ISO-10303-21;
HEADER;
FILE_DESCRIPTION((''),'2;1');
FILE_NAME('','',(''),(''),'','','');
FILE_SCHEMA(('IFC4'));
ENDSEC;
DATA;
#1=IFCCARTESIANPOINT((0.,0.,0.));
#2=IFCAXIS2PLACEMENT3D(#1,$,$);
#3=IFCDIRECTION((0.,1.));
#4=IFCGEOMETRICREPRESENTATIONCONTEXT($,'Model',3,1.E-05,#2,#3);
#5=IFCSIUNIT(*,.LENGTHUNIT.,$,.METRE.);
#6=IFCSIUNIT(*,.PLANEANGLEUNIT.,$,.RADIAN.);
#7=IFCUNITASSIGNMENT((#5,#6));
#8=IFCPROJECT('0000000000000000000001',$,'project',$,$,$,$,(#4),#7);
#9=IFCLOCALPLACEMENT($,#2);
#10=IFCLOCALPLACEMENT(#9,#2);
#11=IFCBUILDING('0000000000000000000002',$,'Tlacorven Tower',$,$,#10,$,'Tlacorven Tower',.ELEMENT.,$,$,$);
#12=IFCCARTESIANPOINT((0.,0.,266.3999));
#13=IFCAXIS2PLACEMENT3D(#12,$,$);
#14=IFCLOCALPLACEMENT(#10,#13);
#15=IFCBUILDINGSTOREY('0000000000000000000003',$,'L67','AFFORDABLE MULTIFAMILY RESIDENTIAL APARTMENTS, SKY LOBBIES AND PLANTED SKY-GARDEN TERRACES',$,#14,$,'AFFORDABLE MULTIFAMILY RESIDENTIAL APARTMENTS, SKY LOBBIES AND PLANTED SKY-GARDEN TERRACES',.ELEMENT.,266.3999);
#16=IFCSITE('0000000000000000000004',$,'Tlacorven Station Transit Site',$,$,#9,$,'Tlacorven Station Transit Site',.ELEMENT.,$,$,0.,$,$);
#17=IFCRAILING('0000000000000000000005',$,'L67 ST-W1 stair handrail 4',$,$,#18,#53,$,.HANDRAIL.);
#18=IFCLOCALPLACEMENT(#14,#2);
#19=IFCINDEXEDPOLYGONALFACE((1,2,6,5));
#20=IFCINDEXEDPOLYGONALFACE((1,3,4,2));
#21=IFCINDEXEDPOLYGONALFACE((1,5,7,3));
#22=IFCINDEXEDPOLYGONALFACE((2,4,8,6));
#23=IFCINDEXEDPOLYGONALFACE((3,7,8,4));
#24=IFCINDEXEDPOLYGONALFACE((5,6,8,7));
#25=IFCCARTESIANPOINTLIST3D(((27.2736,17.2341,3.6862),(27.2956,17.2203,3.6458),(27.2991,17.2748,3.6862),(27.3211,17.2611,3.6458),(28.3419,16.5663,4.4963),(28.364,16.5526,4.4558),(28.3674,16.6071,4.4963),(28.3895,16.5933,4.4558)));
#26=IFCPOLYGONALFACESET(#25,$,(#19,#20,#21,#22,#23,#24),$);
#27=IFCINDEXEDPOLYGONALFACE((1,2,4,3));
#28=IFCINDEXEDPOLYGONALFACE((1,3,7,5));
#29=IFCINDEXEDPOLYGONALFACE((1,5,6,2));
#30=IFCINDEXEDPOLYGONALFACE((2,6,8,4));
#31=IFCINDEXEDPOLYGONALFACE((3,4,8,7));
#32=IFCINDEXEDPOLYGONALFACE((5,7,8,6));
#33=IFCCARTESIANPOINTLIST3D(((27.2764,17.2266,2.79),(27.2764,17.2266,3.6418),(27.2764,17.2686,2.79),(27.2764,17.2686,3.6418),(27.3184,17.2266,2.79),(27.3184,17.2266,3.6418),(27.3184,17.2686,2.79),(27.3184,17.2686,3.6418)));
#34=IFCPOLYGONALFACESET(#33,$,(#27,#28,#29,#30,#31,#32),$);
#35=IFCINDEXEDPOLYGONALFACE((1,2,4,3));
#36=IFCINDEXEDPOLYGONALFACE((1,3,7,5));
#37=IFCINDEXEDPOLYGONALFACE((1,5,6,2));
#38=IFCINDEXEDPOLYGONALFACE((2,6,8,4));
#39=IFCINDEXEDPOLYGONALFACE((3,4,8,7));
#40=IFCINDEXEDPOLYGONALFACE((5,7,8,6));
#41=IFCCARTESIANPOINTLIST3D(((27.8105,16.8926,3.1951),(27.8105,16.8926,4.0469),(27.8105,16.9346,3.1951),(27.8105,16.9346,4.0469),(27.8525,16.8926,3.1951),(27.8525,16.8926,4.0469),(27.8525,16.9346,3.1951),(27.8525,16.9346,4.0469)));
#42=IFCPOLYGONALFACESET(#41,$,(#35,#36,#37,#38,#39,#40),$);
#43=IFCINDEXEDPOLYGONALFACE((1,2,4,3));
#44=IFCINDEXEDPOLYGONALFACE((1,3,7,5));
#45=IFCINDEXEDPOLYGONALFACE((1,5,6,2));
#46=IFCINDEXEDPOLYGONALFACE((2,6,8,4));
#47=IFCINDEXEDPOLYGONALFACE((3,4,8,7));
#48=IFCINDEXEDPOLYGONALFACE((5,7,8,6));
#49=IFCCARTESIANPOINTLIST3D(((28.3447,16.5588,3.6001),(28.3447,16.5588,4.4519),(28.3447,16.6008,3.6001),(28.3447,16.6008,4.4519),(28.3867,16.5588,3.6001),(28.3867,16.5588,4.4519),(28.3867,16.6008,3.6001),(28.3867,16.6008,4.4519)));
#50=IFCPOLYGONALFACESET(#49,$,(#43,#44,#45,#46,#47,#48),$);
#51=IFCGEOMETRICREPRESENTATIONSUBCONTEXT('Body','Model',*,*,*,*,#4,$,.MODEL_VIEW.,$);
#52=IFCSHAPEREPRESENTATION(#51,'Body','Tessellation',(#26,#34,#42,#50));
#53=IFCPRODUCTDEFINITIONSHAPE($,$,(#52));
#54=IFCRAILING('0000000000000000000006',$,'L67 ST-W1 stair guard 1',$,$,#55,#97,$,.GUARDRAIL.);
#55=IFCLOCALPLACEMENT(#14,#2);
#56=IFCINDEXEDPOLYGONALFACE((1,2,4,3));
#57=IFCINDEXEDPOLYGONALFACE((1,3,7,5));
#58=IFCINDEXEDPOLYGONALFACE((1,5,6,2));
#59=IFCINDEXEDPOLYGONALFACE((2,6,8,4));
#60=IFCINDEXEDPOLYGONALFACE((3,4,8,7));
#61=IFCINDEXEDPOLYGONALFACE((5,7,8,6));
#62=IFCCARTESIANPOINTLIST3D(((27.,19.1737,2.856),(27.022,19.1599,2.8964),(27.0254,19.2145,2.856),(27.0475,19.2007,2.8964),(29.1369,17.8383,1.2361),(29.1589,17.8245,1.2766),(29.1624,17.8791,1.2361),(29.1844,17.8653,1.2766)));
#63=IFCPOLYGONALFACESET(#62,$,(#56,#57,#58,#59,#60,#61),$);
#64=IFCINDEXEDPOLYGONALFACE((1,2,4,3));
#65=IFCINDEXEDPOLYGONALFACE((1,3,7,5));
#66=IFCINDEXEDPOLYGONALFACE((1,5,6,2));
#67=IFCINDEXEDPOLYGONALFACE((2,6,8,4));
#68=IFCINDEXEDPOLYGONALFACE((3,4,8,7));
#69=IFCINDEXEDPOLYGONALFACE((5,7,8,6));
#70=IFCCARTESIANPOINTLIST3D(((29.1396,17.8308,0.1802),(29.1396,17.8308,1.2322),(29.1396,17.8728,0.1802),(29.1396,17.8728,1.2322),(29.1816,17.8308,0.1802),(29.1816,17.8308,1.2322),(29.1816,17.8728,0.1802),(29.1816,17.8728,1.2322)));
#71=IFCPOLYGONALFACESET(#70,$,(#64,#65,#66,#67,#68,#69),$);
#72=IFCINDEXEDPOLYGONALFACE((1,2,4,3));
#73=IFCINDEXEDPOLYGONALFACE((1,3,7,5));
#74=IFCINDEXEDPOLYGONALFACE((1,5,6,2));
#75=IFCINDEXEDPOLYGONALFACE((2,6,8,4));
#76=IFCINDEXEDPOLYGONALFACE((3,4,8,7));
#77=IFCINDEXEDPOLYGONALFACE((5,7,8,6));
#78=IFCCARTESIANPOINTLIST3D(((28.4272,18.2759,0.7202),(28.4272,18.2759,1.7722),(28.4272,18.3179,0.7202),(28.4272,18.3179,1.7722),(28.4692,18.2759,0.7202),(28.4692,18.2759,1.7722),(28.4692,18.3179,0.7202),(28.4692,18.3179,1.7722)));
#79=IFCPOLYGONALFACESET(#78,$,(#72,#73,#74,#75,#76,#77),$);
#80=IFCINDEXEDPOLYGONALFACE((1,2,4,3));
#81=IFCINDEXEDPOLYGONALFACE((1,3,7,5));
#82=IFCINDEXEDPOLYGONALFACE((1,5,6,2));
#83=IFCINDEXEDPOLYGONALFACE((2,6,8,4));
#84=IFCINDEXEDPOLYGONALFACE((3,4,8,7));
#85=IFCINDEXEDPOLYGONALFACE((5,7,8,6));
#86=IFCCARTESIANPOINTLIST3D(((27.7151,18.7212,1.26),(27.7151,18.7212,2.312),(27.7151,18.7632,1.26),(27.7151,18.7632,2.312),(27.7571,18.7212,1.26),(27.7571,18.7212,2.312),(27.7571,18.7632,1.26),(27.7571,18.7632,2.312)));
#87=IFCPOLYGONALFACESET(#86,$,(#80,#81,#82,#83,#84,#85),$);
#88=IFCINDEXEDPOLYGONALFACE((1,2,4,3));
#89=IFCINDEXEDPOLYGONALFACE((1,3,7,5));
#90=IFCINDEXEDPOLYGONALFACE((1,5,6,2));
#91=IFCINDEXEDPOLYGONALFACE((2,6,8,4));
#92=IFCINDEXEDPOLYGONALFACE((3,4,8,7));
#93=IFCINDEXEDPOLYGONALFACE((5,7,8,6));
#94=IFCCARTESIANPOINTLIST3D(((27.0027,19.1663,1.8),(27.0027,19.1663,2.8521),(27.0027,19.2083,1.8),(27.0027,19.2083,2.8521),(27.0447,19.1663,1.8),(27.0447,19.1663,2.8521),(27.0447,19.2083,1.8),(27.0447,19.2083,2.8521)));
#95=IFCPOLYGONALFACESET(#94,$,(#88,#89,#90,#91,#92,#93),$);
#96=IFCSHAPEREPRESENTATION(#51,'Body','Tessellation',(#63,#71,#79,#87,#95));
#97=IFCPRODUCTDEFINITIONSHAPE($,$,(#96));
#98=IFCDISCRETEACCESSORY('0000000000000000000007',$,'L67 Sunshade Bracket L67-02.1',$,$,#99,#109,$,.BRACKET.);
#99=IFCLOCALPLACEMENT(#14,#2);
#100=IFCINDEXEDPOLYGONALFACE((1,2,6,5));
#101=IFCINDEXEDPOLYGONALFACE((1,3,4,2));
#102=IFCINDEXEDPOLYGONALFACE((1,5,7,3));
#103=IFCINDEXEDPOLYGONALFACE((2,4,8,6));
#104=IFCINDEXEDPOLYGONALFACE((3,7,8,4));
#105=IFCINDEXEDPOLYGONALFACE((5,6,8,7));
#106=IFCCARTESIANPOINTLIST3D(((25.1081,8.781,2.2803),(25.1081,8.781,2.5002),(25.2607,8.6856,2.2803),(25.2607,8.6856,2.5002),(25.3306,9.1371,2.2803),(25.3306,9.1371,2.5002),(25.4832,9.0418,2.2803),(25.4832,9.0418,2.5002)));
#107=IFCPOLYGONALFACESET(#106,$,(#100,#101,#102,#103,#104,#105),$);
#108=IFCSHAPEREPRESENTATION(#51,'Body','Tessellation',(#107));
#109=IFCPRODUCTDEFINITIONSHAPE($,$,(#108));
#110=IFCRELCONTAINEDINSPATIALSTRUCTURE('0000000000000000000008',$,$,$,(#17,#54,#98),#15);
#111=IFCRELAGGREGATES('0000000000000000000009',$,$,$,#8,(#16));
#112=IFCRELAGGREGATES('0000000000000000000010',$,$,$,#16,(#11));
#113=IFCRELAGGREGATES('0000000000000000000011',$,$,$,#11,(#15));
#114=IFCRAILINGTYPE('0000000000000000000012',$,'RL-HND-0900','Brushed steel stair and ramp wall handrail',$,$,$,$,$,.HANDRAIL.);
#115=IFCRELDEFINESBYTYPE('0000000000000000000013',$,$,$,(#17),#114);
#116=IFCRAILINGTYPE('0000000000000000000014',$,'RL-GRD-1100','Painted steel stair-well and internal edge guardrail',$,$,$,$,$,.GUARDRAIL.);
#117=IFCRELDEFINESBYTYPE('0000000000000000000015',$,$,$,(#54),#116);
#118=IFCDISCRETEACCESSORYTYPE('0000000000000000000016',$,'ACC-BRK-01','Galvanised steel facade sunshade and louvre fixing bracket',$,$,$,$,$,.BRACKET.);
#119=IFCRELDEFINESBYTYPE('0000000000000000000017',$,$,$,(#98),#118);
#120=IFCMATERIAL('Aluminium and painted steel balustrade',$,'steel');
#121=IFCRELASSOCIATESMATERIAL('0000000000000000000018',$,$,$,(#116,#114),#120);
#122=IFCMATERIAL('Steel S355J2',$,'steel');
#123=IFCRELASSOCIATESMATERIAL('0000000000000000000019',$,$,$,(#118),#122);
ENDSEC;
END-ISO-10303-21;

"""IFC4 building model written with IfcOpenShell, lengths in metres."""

from ifc_helpers import new_model, si_unit, direction, frame, origin, origin_2d, place, context, subcontext, project, spatial, rectangle, extrude, source, transform, mapped, material, type_object, element, save


model = new_model("IFC4")

# Units and contexts
model_context = context("Model", 3, precision=1e-05, world=origin(), true_north=direction((0.0, 1.0)))
body_context = subcontext(model_context, "Body", "Model", "MODEL_VIEW")
ifc_project = project(units=[si_unit("LENGTHUNIT", "METRE"), si_unit("PLANEANGLEUNIT", "RADIAN")], contexts=[model_context])

# Site, building, storey
site_placement = place(None, origin())
site = spatial("IfcSite", under=ifc_project, at=site_placement, Name="Tlacorven Station Transit Site", LongName="Tlacorven Station Transit Site", CompositionType="ELEMENT", RefElevation=0.0)
building_placement = place(site_placement, origin())
building = spatial("IfcBuilding", under=site, at=building_placement, Name="Tlacorven Tower", LongName="Tlacorven Tower", CompositionType="ELEMENT")
storey_placement = place(building_placement, frame((0.0, 0.0, 266.3999)))
storey = spatial("IfcBuildingStorey", under=building, at=storey_placement, Name="L67", Description="AFFORDABLE MULTIFAMILY RESIDENTIAL APARTMENTS, SKY LOBBIES AND PLANTED SKY-GARDEN TERRACES", LongName="AFFORDABLE MULTIFAMILY RESIDENTIAL APARTMENTS, SKY LOBBIES AND PLANTED SKY-GARDEN TERRACES", CompositionType="ELEMENT", Elevation=266.3999)

# Shared definitions
ifc_material_1 = material(Name="Steel S355J2", Category="steel")

# Shared definitions
ifc_material_2 = material(Name="Aluminium and painted steel balustrade", Category="steel")

# Railings
railing_type_1 = type_object("IfcRailingType", Name="RL-GRD-1100", Description="Painted steel stair-well and internal edge guardrail", PredefinedType="GUARDRAIL", material=ifc_material_2)
railing_type_2 = type_object("IfcRailingType", Name="RL-HND-0900", Description="Brushed steel stair and ramp wall handrail", PredefinedType="HANDRAIL", material=ifc_material_2)
shared_shape_1 = source(origin(), body_context, "Body", "SweptSolid", [
    extrude(rectangle(XDim=0.0481, YDim=0.0481, at=origin_2d()), frame((0.0, 0.0, 0.876), z_axis=(0.71328, -0.4458, 0.540828), x_axis=(0.529999, 0.847998, 0.0)), (0.0, 0.0, 1.0), 1.4978),
    extrude(rectangle(XDim=0.042, YDim=0.042, at=origin_2d()), origin(), (0.0, 0.0, 1.0), 0.8518),
    extrude(rectangle(XDim=0.042, YDim=0.042, at=origin_2d()), frame((0.5342, -0.334, 0.405)), (0.0, 0.0, 1.0), 0.8518),
    extrude(rectangle(XDim=0.042, YDim=0.042, at=origin_2d()), frame((1.0684, -0.6677, 0.8101)), (0.0, 0.0, 1.0), 0.8518),
])
railing_1_placement = place(storey_placement, frame((27.2974, 17.2476, 2.79)))
element("IfcRailing", 1, at=railing_1_placement, inside=storey, type_object=railing_type_2, Name="L67 ST-W1 stair handrail 4", PredefinedType="HANDRAIL", context=body_context, shape_type="MappedRepresentation", body=[
    mapped(shared_shape_1, transform((0.0, 0.0, 0.0), scale=1.0)),
])
shared_shape_2 = source(origin(), body_context, "Body", "SweptSolid", [
    extrude(rectangle(XDim=0.0481, YDim=0.0481, at=origin_2d()), frame((0.0, 0.0, 1.0762), z_axis=(-0.713351, 0.445794, 0.540739), x_axis=(-0.529955, -0.848026, 0.0)), (0.0, 0.0, 1.0), 2.9956),
    extrude(rectangle(XDim=0.042, YDim=0.042, at=origin_2d()), origin(), (0.0, 0.0, 1.0), 1.052),
    extrude(rectangle(XDim=0.042, YDim=0.042, at=origin_2d()), frame((-0.7124, 0.4451, 0.54)), (0.0, 0.0, 1.0), 1.052),
    extrude(rectangle(XDim=0.042, YDim=0.042, at=origin_2d()), frame((-1.4246, 0.8904, 1.0798)), (0.0, 0.0, 1.0), 1.052),
    extrude(rectangle(XDim=0.042, YDim=0.042, at=origin_2d()), frame((-2.137, 1.3354, 1.6199)), (0.0, 0.0, 1.0), 1.052),
])
railing_2_placement = place(storey_placement, frame((29.1606, 17.8518, 0.1802)))
element("IfcRailing", 2, at=railing_2_placement, inside=storey, type_object=railing_type_1, Name="L67 ST-W1 stair guard 1", PredefinedType="GUARDRAIL", context=body_context, shape_type="MappedRepresentation", body=[
    mapped(shared_shape_2, transform((0.0, 0.0, 0.0), scale=1.0)),
])

# Discrete accessory
discrete_accessory_type = type_object("IfcDiscreteAccessoryType", Name="ACC-BRK-01", Description="Galvanised steel facade sunshade and louvre fixing bracket", PredefinedType="BRACKET", material=ifc_material_1)
shared_shape_3 = source(origin(), body_context, "Body", "SweptSolid", [
    extrude(rectangle(XDim=0.1799, YDim=0.4199, at=origin_2d()), origin(), (0.0, 0.0, 1.0), 0.22),
])
discrete_accessory_placement = place(storey_placement, frame((25.2957, 8.9114, 2.2803), z_axis=(0.0, 0.0, 1.0), x_axis=(-0.848048, 0.529919, 0.0)))
element("IfcDiscreteAccessory", 3, at=discrete_accessory_placement, inside=storey, type_object=discrete_accessory_type, Name="L67 Sunshade Bracket L67-02.1", PredefinedType="BRACKET", context=body_context, shape_type="MappedRepresentation", body=[
    mapped(shared_shape_3, transform((0.0, 0.0, 0.0), scale=1.0)),
])

save(model, "model.ifc")
